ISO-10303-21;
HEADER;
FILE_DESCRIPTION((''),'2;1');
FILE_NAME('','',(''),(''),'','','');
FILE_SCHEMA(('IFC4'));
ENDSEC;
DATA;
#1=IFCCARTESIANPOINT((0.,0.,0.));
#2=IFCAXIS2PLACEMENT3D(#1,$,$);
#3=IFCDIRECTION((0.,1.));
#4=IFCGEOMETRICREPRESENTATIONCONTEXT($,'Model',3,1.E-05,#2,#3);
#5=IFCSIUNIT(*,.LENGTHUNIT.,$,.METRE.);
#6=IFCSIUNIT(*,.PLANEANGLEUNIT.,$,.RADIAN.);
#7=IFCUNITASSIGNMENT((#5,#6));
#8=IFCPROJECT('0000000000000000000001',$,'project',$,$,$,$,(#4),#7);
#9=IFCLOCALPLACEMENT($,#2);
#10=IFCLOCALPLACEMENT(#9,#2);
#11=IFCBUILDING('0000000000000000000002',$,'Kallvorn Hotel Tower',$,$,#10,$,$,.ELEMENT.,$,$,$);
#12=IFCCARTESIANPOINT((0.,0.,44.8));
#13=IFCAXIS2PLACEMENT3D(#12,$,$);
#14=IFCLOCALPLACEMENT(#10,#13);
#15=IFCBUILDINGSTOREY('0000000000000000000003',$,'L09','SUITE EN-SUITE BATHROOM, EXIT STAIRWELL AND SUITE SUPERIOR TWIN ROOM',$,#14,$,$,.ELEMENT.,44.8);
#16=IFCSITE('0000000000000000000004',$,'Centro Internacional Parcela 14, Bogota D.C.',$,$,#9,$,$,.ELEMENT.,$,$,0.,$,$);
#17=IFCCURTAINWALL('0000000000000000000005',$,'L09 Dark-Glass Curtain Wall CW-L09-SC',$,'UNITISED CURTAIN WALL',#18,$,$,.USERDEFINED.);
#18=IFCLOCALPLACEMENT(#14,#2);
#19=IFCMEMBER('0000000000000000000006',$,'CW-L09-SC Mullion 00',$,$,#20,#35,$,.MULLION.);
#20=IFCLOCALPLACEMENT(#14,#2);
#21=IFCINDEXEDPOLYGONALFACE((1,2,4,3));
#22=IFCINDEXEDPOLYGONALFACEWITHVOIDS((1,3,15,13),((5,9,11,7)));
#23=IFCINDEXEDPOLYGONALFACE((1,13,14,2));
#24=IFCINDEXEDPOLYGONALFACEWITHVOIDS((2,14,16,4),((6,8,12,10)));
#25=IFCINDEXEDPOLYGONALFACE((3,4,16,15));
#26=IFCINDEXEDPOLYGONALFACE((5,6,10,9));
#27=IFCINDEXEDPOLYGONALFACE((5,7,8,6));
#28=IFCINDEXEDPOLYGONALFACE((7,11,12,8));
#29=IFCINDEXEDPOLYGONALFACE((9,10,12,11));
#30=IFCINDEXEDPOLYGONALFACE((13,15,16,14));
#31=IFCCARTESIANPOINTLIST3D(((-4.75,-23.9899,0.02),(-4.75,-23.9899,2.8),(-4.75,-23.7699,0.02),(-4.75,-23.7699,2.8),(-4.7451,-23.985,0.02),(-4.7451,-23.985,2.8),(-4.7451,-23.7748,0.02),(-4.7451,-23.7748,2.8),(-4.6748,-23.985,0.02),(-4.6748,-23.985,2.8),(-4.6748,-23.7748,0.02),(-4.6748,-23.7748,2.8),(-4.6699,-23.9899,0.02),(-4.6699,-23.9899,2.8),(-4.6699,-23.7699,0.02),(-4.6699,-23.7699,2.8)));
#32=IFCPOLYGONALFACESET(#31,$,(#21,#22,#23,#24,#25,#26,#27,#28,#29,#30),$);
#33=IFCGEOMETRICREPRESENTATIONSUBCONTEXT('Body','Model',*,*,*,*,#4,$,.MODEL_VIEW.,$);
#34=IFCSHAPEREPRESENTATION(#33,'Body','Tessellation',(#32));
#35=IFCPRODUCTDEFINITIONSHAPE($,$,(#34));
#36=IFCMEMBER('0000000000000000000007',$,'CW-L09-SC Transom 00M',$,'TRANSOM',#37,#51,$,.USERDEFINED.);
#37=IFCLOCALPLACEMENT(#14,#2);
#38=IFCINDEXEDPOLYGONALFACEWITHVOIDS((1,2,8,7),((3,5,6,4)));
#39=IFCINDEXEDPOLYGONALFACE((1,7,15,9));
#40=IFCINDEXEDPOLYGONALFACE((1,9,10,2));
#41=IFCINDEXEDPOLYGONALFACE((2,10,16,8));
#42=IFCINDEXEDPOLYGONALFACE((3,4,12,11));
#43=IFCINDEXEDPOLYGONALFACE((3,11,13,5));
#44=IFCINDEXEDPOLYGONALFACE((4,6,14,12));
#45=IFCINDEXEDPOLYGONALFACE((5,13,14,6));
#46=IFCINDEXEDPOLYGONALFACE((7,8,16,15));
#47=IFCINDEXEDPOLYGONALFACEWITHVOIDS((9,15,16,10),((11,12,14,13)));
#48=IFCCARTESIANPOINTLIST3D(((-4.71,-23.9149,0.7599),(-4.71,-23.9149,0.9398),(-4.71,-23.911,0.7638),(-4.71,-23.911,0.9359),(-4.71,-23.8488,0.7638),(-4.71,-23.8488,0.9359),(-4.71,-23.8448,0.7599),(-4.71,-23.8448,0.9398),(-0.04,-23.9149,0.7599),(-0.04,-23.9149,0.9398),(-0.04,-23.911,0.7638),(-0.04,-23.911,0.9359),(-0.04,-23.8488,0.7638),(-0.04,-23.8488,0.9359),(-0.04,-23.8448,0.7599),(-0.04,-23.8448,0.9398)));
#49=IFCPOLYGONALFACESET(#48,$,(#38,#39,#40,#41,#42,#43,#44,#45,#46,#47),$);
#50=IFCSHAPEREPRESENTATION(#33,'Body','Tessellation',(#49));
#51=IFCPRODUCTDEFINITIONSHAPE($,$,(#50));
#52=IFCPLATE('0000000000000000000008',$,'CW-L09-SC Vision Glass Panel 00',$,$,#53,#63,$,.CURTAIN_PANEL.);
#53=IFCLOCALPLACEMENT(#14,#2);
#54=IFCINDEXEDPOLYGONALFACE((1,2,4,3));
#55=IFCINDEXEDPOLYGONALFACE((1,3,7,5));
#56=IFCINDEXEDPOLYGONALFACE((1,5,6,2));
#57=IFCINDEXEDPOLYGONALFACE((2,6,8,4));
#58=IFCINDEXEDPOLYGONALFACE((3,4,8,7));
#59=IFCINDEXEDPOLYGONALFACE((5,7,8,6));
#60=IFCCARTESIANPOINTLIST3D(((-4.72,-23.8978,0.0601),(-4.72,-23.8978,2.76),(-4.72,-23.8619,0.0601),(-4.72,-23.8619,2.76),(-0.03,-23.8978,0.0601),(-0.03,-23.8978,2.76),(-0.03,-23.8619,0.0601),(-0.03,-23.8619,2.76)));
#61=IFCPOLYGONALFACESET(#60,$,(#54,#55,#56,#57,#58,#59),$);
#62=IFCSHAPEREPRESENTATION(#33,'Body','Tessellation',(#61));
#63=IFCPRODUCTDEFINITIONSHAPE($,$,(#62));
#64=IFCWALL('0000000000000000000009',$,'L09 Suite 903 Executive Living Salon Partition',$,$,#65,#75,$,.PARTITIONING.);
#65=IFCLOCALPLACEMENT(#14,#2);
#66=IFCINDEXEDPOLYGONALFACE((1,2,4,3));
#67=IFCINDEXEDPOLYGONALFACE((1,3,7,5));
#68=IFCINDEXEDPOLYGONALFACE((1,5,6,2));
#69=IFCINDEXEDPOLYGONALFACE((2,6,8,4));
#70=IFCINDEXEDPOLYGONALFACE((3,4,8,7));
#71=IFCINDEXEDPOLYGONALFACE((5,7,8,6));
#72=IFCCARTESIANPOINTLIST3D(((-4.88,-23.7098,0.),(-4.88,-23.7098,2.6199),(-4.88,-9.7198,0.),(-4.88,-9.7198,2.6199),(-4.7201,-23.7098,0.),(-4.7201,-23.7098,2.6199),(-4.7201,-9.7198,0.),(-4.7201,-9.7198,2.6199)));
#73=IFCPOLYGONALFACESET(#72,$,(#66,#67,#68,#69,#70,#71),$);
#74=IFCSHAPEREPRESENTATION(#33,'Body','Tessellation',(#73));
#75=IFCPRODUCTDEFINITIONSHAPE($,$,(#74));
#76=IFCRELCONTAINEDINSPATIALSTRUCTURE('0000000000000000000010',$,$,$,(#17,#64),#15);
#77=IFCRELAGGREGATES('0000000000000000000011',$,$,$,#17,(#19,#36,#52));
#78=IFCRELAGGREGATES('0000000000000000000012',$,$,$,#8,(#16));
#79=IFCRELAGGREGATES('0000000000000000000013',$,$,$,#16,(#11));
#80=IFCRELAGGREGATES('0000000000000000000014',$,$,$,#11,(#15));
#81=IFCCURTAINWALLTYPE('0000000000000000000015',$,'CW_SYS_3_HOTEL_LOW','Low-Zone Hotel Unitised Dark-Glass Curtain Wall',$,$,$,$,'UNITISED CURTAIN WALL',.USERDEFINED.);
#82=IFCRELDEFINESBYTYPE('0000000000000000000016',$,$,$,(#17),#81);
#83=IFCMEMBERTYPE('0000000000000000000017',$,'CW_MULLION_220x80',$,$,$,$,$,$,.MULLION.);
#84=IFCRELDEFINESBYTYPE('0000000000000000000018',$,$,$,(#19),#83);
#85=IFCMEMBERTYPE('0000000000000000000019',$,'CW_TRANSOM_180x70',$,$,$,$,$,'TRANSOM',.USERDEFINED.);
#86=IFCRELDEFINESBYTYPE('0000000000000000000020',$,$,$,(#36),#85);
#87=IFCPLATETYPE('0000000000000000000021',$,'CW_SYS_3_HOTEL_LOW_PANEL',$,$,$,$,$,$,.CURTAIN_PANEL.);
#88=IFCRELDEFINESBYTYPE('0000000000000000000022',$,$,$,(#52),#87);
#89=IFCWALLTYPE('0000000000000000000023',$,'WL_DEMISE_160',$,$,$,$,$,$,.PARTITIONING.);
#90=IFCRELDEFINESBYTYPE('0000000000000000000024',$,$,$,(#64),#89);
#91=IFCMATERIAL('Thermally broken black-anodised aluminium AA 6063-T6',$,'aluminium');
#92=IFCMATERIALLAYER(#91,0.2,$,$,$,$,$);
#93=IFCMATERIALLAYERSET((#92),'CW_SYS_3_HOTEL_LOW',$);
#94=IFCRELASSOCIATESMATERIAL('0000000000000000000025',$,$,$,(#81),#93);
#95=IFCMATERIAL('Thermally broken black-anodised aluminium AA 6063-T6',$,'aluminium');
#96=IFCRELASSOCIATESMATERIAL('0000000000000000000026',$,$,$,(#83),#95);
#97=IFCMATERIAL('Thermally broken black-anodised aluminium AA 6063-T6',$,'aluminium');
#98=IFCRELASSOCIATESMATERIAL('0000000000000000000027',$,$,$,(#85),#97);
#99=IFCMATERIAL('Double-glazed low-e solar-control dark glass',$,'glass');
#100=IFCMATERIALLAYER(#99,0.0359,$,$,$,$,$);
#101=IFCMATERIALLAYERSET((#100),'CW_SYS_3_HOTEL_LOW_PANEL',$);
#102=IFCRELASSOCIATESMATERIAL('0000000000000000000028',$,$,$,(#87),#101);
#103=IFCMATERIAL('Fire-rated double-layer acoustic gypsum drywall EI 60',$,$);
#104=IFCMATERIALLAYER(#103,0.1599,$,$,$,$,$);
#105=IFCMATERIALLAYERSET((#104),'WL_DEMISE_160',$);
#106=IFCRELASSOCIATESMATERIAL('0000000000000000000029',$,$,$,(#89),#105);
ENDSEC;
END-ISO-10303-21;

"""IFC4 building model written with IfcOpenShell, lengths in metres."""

from ifc_helpers import new_model, si_unit, direction, frame, frame_2d, origin, origin_2d, place, context, subcontext, project, spatial, rectangle, hollow_rectangle, extrude, material, layer, layer_set, material_profile, profile_set, type_object, element, aggregate, save


model = new_model("IFC4")

# Units and contexts
model_context = context("Model", 3, precision=1e-05, world=origin(), true_north=direction((0.0, 1.0)))
body_context = subcontext(model_context, "Body", "Model", "MODEL_VIEW")
ifc_project = project(units=[si_unit("LENGTHUNIT", "METRE"), si_unit("PLANEANGLEUNIT", "RADIAN")], contexts=[model_context])

# Site, building, storey
site_placement = place(None, origin())
site = spatial("IfcSite", under=ifc_project, at=site_placement, Name="Centro Internacional Parcela 14, Bogota D.C.", CompositionType="ELEMENT", RefElevation=0.0)
building_placement = place(site_placement, origin())
building = spatial("IfcBuilding", under=site, at=building_placement, Name="Kallvorn Hotel Tower", CompositionType="ELEMENT")
storey_placement = place(building_placement, frame((0.0, 0.0, 44.8)))
storey = spatial("IfcBuildingStorey", under=building, at=storey_placement, Name="L09", Description="SUITE EN-SUITE BATHROOM, EXIT STAIRWELL AND SUITE SUPERIOR TWIN ROOM", CompositionType="ELEMENT", Elevation=44.8)

# Curtain wall, members, plate
ifc_material_1 = material(Name="Thermally broken black-anodised aluminium AA 6063-T6", Category="aluminium")
ifc_layer_1 = layer(ifc_material_1, 0.2)
ifc_layer_set_1 = layer_set([ifc_layer_1], Name="CW_SYS_3_HOTEL_LOW")
curtain_wall_type = type_object("IfcCurtainWallType", Name="CW_SYS_3_HOTEL_LOW", Description="Low-Zone Hotel Unitised Dark-Glass Curtain Wall", ElementType="UNITISED CURTAIN WALL", PredefinedType="USERDEFINED", material=ifc_layer_set_1)
curtain_wall_placement = place(storey_placement, origin())
curtain_wall = element("IfcCurtainWall", 1, at=curtain_wall_placement, inside=storey, type_object=curtain_wall_type, Name="L09 Dark-Glass Curtain Wall CW-L09-SC", ObjectType="UNITISED CURTAIN WALL", PredefinedType="USERDEFINED")
ifc_material_2 = material(Name="Thermally broken black-anodised aluminium AA 6063-T6", Category="aluminium")
ifc_material_profile_1 = material_profile(ifc_material_2, hollow_rectangle(XDim=0.0801, YDim=0.22, WallThickness=0.0049, at=origin_2d()), Name="MUL 220x80")
ifc_profile_set_1 = profile_set([ifc_material_profile_1], Name="Thermally broken black-anodised aluminium AA 6063-T6")
member_type_1 = type_object("IfcMemberType", Name="CW_MULLION_220x80", PredefinedType="MULLION", material=ifc_profile_set_1)
member_1_placement = place(storey_placement, frame((-4.71, -23.8799, 0.02), z_axis=(0.0, 0.0, 1.0), x_axis=(1.0, 0.0, 0.0)))
member_1 = element("IfcMember", 2, at=member_1_placement, type_object=member_type_1, Name="CW-L09-SC Mullion 00", PredefinedType="MULLION", context=body_context, shape_type="SweptSolid", body=[
    extrude(hollow_rectangle(XDim=0.0801, YDim=0.22, WallThickness=0.0049, at=origin_2d()), origin(), (0.0, 0.0, 1.0), 2.78),
])
ifc_material_3 = material(Name="Thermally broken black-anodised aluminium AA 6063-T6", Category="aluminium")
ifc_material_profile_2 = material_profile(ifc_material_3, hollow_rectangle(XDim=0.0701, YDim=0.1799, WallThickness=0.0039, at=origin_2d()), Name="TRN 180x70")
ifc_profile_set_2 = profile_set([ifc_material_profile_2], Name="Thermally broken black-anodised aluminium AA 6063-T6")
member_type_2 = type_object("IfcMemberType", Name="CW_TRANSOM_180x70", ElementType="TRANSOM", PredefinedType="USERDEFINED", material=ifc_profile_set_2)
member_2_placement = place(storey_placement, frame((-4.71, -23.8799, 0.8499), z_axis=(1.0, 0.0, 0.0), x_axis=(0.0, 1.0, 0.0)))
member_2 = element("IfcMember", 3, at=member_2_placement, type_object=member_type_2, Name="CW-L09-SC Transom 00M", ObjectType="TRANSOM", PredefinedType="USERDEFINED", context=body_context, shape_type="SweptSolid", body=[
    extrude(hollow_rectangle(XDim=0.0701, YDim=0.1799, WallThickness=0.0039, at=origin_2d()), origin(), (0.0, 0.0, 1.0), 4.6699),
])
ifc_material_4 = material(Name="Double-glazed low-e solar-control dark glass", Category="glass")
ifc_layer_2 = layer(ifc_material_4, 0.0359)
ifc_layer_set_2 = layer_set([ifc_layer_2], Name="CW_SYS_3_HOTEL_LOW_PANEL")
plate_type = type_object("IfcPlateType", Name="CW_SYS_3_HOTEL_LOW_PANEL", PredefinedType="CURTAIN_PANEL", material=ifc_layer_set_2)
plate_placement = place(storey_placement, frame((-2.375, -23.8799, 0.0601), z_axis=(0.0, 0.0, 1.0), x_axis=(1.0, 0.0, 0.0)))
plate = element("IfcPlate", 4, at=plate_placement, type_object=plate_type, Name="CW-L09-SC Vision Glass Panel 00", PredefinedType="CURTAIN_PANEL", context=body_context, shape_type="SweptSolid", body=[
    extrude(rectangle(XDim=4.6899, YDim=0.0359, at=origin_2d()), origin(), (0.0, 0.0, 1.0), 2.7),
])
aggregate(curtain_wall, [member_1, member_2, plate])

# Wall
ifc_material_5 = material(Name="Fire-rated double-layer acoustic gypsum drywall EI 60")
ifc_layer_3 = layer(ifc_material_5, 0.1599)
ifc_layer_set_3 = layer_set([ifc_layer_3], Name="WL_DEMISE_160")
wall_type = type_object("IfcWallType", Name="WL_DEMISE_160", PredefinedType="PARTITIONING", material=ifc_layer_set_3)
wall_placement = place(storey_placement, frame((-4.8, -23.71, 0.0), z_axis=(0.0, 0.0, 1.0), x_axis=(0.0, 1.0, 0.0)))
element("IfcWall", 5, at=wall_placement, inside=storey, type_object=wall_type, Name="L09 Suite 903 Executive Living Salon Partition", PredefinedType="PARTITIONING", context=body_context, shape_type="SweptSolid", body=[
    extrude(rectangle(XDim=13.99, YDim=0.1599, at=frame_2d((6.9951, 0.0))), origin(), (0.0, 0.0, 1.0), 2.6199),
])

save(model, "model.ifc")
